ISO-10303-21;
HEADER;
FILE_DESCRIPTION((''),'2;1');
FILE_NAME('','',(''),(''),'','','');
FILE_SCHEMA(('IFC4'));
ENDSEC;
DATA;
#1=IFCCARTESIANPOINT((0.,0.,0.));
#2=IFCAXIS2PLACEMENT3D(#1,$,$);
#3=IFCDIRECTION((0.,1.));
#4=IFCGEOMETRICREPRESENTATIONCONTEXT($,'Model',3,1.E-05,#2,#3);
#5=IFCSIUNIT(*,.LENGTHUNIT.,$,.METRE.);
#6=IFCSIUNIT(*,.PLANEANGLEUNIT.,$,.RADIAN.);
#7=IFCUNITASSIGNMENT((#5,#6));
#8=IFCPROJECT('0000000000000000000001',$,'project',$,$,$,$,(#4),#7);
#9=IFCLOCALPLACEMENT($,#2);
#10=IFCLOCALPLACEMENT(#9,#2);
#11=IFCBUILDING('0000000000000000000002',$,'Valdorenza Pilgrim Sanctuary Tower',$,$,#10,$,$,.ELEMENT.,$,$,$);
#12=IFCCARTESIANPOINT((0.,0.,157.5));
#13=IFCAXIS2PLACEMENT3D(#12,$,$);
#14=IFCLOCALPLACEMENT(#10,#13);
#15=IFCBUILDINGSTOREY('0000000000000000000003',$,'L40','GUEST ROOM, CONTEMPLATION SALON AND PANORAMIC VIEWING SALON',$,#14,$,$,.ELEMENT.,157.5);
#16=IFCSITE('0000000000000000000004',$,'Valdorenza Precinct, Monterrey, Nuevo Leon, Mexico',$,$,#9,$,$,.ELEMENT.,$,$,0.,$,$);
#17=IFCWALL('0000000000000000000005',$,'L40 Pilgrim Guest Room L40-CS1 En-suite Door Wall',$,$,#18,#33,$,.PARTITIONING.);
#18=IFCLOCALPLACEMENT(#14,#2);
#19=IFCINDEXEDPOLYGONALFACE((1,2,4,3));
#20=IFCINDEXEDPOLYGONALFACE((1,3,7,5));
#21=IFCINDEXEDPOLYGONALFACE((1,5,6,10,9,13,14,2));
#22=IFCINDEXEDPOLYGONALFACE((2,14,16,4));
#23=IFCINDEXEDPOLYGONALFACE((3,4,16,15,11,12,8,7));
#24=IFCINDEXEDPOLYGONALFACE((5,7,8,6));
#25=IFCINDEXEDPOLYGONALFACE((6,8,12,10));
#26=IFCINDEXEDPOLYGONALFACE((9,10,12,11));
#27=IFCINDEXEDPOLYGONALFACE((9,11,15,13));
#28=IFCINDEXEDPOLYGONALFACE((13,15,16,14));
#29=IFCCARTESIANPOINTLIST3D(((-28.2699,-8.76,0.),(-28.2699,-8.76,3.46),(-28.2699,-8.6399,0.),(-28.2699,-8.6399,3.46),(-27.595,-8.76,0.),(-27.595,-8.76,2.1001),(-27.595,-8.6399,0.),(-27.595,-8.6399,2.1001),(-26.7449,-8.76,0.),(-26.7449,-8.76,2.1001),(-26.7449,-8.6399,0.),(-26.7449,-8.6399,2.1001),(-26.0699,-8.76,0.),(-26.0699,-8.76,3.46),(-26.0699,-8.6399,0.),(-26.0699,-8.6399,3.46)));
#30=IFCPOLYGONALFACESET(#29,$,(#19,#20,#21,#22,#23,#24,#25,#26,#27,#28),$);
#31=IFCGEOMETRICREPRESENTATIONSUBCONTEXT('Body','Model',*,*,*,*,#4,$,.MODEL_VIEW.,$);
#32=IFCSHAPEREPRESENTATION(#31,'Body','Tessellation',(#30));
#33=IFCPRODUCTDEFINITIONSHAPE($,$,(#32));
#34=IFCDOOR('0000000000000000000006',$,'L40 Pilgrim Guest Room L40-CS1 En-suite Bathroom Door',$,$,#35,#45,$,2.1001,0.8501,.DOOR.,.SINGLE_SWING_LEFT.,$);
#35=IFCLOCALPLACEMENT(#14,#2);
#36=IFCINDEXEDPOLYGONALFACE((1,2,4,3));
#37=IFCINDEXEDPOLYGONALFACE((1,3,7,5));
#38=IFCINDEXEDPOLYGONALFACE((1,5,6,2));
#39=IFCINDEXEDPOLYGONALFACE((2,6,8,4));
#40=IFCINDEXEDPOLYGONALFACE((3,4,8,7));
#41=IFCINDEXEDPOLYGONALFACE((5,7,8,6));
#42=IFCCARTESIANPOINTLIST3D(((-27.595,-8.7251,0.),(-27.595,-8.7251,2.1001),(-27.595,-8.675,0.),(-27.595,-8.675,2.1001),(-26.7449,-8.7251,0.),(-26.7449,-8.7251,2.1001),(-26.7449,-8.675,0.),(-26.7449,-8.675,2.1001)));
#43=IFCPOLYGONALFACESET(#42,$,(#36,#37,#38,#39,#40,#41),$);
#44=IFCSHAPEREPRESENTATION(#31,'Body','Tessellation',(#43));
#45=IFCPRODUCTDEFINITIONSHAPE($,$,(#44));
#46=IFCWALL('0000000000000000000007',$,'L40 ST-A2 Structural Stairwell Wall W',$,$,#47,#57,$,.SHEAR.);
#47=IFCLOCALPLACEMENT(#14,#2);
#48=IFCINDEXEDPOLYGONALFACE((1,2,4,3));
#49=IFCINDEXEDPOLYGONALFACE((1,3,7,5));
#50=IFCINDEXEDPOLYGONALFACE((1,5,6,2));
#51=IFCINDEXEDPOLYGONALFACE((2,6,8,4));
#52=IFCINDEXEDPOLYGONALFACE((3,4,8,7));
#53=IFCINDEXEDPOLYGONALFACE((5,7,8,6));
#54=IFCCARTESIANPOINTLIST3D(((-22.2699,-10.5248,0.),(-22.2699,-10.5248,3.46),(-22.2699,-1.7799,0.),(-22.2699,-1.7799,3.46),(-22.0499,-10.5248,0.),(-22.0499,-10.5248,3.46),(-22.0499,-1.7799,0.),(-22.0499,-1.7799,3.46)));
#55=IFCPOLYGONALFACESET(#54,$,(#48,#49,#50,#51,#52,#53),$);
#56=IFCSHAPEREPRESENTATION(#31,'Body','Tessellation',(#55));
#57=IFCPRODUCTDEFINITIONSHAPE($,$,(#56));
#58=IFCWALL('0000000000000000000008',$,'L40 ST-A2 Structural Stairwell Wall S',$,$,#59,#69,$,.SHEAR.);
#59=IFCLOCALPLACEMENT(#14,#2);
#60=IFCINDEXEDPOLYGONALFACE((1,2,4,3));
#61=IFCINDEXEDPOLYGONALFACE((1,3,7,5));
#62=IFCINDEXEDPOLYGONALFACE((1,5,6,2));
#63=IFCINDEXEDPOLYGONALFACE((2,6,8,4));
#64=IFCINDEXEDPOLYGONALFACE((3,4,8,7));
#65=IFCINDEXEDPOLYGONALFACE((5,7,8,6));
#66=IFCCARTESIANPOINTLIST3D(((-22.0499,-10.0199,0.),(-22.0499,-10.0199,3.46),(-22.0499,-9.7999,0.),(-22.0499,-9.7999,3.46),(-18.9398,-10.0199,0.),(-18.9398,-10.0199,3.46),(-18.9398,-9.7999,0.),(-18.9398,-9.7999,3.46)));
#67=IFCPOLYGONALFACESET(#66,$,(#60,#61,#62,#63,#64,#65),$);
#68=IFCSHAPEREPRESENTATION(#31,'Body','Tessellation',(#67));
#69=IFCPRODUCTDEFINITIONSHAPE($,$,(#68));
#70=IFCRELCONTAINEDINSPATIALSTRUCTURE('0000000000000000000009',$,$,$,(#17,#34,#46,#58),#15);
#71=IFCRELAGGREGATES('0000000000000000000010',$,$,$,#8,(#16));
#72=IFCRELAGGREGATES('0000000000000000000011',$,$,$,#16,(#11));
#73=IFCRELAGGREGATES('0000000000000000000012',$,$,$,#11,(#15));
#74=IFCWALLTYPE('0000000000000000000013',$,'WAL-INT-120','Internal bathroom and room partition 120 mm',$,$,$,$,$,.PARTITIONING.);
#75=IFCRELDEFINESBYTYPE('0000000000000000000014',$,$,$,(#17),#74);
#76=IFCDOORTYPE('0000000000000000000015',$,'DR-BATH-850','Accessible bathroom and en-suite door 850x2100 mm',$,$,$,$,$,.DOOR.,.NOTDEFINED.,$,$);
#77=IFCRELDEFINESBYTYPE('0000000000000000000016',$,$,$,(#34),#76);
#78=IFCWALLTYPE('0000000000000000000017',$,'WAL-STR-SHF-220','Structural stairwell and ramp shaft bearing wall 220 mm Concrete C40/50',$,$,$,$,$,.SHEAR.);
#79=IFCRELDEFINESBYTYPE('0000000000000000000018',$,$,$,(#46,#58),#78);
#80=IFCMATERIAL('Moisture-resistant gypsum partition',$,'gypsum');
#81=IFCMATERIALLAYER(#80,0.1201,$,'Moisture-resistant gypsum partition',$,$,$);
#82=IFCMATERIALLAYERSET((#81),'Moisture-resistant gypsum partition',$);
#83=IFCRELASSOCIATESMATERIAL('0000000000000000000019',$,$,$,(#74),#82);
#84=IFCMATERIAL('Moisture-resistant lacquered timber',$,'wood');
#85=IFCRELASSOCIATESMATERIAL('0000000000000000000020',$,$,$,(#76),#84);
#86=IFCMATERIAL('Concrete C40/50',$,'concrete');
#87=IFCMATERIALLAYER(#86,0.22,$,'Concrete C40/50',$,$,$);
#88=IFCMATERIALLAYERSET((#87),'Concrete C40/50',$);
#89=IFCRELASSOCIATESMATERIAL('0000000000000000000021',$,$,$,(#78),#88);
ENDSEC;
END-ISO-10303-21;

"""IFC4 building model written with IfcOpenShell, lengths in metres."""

from ifc_helpers import new_model, si_unit, direction, frame, frame_2d, origin, place, context, subcontext, project, spatial, rectangle, extrude, material, layer, layer_set, type_object, element, fill, save


model = new_model("IFC4")

# Units and contexts
model_context = context("Model", 3, precision=1e-05, world=origin(), true_north=direction((0.0, 1.0)))
body_context = subcontext(model_context, "Body", "Model", "MODEL_VIEW")
ifc_project = project(units=[si_unit("LENGTHUNIT", "METRE"), si_unit("PLANEANGLEUNIT", "RADIAN")], contexts=[model_context])

# Site, building, storey
site_placement = place(None, origin())
site = spatial("IfcSite", under=ifc_project, at=site_placement, Name="Valdorenza Precinct, Monterrey, Nuevo Leon, Mexico", CompositionType="ELEMENT", RefElevation=0.0)
building_placement = place(site_placement, origin())
building = spatial("IfcBuilding", under=site, at=building_placement, Name="Valdorenza Pilgrim Sanctuary Tower", CompositionType="ELEMENT")
storey_placement = place(building_placement, frame((0.0, 0.0, 157.5)))
storey = spatial("IfcBuildingStorey", under=building, at=storey_placement, Name="L40", Description="GUEST ROOM, CONTEMPLATION SALON AND PANORAMIC VIEWING SALON", CompositionType="ELEMENT", Elevation=157.5)

# Wall, opening, door
ifc_material_1 = material(Name="Moisture-resistant gypsum partition", Category="gypsum")
ifc_layer_1 = layer(ifc_material_1, 0.1201, Name="Moisture-resistant gypsum partition")
ifc_layer_set_1 = layer_set([ifc_layer_1], Name="Moisture-resistant gypsum partition")
wall_type_1 = type_object("IfcWallType", Name="WAL-INT-120", Description="Internal bathroom and room partition 120 mm", PredefinedType="PARTITIONING", material=ifc_layer_set_1)
wall_1_placement = place(storey_placement, frame((-28.27, -8.7, 0.0), z_axis=(0.0, 0.0, 1.0), x_axis=(1.0, 0.0, 0.0)))
wall_1 = element("IfcWall", 1, at=wall_1_placement, inside=storey, type_object=wall_type_1, Name="L40 Pilgrim Guest Room L40-CS1 En-suite Door Wall", PredefinedType="PARTITIONING", context=body_context, shape_type="SweptSolid", body=[
    extrude(rectangle(XDim=2.2, YDim=0.1201, at=frame_2d((1.1001, 0.0))), origin(), (0.0, 0.0, 1.0), 3.46),
])
opening_1_placement = place(wall_1_placement, frame((0.675, 0.0, 0.0)))
opening_1 = element("IfcOpeningElement", 2, at=opening_1_placement, cuts=wall_1, PredefinedType="OPENING", context=body_context, shape_type="SweptSolid", body=[
    extrude(rectangle(XDim=0.8501, YDim=2.1001, at=frame_2d((0.425, 1.05))), frame((0.0, 0.075, 0.0), z_axis=(0.0, -1.0, 0.0), x_axis=(1.0, 0.0, 0.0)), (0.0, 0.0, 1.0), 0.1499),
])
ifc_material_2 = material(Name="Moisture-resistant lacquered timber", Category="wood")
door_type_1 = type_object("IfcDoorType", Name="DR-BATH-850", Description="Accessible bathroom and en-suite door 850x2100 mm", OperationType="NOTDEFINED", PredefinedType="DOOR", material=ifc_material_2)
door_1_placement = place(opening_1_placement, origin())
door_1 = element("IfcDoor", 3, at=door_1_placement, inside=storey, type_object=door_type_1, Name="L40 Pilgrim Guest Room L40-CS1 En-suite Bathroom Door", OperationType="SINGLE_SWING_LEFT", OverallHeight=2.1001, OverallWidth=0.8501, PredefinedType="DOOR", context=body_context, shape_type="SweptSolid", body=[
    extrude(rectangle(XDim=0.8501, YDim=2.1001, at=frame_2d((0.425, 1.05))), frame((0.0, 0.0249, 0.0), z_axis=(0.0, -1.0, 0.0), x_axis=(1.0, 0.0, 0.0)), (0.0, 0.0, 1.0), 0.05),
])
fill(opening_1, door_1)

# Walls
ifc_material_3 = material(Name="Concrete C40/50", Category="concrete")
ifc_layer_2 = layer(ifc_material_3, 0.22, Name="Concrete C40/50")
ifc_layer_set_2 = layer_set([ifc_layer_2], Name="Concrete C40/50")
wall_type_2 = type_object("IfcWallType", Name="WAL-STR-SHF-220", Description="Structural stairwell and ramp shaft bearing wall 220 mm Concrete C40/50", PredefinedType="SHEAR", material=ifc_layer_set_2)
wall_2_placement = place(storey_placement, frame((-22.1599, -10.5249, 0.0), z_axis=(0.0, 0.0, 1.0), x_axis=(0.0, 1.0, 0.0)))
element("IfcWall", 4, at=wall_2_placement, inside=storey, type_object=wall_type_2, Name="L40 ST-A2 Structural Stairwell Wall W", PredefinedType="SHEAR", context=body_context, shape_type="SweptSolid", body=[
    extrude(rectangle(XDim=8.7449, YDim=0.22, at=frame_2d((4.3726, 0.0))), origin(), (0.0, 0.0, 1.0), 3.46),
])
wall_3_placement = place(storey_placement, frame((-22.05, -9.9099, 0.0), z_axis=(0.0, 0.0, 1.0), x_axis=(1.0, 0.0, 0.0)))
element("IfcWall", 5, at=wall_3_placement, inside=storey, type_object=wall_type_2, Name="L40 ST-A2 Structural Stairwell Wall S", PredefinedType="SHEAR", context=body_context, shape_type="SweptSolid", body=[
    extrude(rectangle(XDim=3.1101, YDim=0.22, at=frame_2d((1.5552, 0.0))), origin(), (0.0, 0.0, 1.0), 3.46),
])

save(model, "model.ifc")
